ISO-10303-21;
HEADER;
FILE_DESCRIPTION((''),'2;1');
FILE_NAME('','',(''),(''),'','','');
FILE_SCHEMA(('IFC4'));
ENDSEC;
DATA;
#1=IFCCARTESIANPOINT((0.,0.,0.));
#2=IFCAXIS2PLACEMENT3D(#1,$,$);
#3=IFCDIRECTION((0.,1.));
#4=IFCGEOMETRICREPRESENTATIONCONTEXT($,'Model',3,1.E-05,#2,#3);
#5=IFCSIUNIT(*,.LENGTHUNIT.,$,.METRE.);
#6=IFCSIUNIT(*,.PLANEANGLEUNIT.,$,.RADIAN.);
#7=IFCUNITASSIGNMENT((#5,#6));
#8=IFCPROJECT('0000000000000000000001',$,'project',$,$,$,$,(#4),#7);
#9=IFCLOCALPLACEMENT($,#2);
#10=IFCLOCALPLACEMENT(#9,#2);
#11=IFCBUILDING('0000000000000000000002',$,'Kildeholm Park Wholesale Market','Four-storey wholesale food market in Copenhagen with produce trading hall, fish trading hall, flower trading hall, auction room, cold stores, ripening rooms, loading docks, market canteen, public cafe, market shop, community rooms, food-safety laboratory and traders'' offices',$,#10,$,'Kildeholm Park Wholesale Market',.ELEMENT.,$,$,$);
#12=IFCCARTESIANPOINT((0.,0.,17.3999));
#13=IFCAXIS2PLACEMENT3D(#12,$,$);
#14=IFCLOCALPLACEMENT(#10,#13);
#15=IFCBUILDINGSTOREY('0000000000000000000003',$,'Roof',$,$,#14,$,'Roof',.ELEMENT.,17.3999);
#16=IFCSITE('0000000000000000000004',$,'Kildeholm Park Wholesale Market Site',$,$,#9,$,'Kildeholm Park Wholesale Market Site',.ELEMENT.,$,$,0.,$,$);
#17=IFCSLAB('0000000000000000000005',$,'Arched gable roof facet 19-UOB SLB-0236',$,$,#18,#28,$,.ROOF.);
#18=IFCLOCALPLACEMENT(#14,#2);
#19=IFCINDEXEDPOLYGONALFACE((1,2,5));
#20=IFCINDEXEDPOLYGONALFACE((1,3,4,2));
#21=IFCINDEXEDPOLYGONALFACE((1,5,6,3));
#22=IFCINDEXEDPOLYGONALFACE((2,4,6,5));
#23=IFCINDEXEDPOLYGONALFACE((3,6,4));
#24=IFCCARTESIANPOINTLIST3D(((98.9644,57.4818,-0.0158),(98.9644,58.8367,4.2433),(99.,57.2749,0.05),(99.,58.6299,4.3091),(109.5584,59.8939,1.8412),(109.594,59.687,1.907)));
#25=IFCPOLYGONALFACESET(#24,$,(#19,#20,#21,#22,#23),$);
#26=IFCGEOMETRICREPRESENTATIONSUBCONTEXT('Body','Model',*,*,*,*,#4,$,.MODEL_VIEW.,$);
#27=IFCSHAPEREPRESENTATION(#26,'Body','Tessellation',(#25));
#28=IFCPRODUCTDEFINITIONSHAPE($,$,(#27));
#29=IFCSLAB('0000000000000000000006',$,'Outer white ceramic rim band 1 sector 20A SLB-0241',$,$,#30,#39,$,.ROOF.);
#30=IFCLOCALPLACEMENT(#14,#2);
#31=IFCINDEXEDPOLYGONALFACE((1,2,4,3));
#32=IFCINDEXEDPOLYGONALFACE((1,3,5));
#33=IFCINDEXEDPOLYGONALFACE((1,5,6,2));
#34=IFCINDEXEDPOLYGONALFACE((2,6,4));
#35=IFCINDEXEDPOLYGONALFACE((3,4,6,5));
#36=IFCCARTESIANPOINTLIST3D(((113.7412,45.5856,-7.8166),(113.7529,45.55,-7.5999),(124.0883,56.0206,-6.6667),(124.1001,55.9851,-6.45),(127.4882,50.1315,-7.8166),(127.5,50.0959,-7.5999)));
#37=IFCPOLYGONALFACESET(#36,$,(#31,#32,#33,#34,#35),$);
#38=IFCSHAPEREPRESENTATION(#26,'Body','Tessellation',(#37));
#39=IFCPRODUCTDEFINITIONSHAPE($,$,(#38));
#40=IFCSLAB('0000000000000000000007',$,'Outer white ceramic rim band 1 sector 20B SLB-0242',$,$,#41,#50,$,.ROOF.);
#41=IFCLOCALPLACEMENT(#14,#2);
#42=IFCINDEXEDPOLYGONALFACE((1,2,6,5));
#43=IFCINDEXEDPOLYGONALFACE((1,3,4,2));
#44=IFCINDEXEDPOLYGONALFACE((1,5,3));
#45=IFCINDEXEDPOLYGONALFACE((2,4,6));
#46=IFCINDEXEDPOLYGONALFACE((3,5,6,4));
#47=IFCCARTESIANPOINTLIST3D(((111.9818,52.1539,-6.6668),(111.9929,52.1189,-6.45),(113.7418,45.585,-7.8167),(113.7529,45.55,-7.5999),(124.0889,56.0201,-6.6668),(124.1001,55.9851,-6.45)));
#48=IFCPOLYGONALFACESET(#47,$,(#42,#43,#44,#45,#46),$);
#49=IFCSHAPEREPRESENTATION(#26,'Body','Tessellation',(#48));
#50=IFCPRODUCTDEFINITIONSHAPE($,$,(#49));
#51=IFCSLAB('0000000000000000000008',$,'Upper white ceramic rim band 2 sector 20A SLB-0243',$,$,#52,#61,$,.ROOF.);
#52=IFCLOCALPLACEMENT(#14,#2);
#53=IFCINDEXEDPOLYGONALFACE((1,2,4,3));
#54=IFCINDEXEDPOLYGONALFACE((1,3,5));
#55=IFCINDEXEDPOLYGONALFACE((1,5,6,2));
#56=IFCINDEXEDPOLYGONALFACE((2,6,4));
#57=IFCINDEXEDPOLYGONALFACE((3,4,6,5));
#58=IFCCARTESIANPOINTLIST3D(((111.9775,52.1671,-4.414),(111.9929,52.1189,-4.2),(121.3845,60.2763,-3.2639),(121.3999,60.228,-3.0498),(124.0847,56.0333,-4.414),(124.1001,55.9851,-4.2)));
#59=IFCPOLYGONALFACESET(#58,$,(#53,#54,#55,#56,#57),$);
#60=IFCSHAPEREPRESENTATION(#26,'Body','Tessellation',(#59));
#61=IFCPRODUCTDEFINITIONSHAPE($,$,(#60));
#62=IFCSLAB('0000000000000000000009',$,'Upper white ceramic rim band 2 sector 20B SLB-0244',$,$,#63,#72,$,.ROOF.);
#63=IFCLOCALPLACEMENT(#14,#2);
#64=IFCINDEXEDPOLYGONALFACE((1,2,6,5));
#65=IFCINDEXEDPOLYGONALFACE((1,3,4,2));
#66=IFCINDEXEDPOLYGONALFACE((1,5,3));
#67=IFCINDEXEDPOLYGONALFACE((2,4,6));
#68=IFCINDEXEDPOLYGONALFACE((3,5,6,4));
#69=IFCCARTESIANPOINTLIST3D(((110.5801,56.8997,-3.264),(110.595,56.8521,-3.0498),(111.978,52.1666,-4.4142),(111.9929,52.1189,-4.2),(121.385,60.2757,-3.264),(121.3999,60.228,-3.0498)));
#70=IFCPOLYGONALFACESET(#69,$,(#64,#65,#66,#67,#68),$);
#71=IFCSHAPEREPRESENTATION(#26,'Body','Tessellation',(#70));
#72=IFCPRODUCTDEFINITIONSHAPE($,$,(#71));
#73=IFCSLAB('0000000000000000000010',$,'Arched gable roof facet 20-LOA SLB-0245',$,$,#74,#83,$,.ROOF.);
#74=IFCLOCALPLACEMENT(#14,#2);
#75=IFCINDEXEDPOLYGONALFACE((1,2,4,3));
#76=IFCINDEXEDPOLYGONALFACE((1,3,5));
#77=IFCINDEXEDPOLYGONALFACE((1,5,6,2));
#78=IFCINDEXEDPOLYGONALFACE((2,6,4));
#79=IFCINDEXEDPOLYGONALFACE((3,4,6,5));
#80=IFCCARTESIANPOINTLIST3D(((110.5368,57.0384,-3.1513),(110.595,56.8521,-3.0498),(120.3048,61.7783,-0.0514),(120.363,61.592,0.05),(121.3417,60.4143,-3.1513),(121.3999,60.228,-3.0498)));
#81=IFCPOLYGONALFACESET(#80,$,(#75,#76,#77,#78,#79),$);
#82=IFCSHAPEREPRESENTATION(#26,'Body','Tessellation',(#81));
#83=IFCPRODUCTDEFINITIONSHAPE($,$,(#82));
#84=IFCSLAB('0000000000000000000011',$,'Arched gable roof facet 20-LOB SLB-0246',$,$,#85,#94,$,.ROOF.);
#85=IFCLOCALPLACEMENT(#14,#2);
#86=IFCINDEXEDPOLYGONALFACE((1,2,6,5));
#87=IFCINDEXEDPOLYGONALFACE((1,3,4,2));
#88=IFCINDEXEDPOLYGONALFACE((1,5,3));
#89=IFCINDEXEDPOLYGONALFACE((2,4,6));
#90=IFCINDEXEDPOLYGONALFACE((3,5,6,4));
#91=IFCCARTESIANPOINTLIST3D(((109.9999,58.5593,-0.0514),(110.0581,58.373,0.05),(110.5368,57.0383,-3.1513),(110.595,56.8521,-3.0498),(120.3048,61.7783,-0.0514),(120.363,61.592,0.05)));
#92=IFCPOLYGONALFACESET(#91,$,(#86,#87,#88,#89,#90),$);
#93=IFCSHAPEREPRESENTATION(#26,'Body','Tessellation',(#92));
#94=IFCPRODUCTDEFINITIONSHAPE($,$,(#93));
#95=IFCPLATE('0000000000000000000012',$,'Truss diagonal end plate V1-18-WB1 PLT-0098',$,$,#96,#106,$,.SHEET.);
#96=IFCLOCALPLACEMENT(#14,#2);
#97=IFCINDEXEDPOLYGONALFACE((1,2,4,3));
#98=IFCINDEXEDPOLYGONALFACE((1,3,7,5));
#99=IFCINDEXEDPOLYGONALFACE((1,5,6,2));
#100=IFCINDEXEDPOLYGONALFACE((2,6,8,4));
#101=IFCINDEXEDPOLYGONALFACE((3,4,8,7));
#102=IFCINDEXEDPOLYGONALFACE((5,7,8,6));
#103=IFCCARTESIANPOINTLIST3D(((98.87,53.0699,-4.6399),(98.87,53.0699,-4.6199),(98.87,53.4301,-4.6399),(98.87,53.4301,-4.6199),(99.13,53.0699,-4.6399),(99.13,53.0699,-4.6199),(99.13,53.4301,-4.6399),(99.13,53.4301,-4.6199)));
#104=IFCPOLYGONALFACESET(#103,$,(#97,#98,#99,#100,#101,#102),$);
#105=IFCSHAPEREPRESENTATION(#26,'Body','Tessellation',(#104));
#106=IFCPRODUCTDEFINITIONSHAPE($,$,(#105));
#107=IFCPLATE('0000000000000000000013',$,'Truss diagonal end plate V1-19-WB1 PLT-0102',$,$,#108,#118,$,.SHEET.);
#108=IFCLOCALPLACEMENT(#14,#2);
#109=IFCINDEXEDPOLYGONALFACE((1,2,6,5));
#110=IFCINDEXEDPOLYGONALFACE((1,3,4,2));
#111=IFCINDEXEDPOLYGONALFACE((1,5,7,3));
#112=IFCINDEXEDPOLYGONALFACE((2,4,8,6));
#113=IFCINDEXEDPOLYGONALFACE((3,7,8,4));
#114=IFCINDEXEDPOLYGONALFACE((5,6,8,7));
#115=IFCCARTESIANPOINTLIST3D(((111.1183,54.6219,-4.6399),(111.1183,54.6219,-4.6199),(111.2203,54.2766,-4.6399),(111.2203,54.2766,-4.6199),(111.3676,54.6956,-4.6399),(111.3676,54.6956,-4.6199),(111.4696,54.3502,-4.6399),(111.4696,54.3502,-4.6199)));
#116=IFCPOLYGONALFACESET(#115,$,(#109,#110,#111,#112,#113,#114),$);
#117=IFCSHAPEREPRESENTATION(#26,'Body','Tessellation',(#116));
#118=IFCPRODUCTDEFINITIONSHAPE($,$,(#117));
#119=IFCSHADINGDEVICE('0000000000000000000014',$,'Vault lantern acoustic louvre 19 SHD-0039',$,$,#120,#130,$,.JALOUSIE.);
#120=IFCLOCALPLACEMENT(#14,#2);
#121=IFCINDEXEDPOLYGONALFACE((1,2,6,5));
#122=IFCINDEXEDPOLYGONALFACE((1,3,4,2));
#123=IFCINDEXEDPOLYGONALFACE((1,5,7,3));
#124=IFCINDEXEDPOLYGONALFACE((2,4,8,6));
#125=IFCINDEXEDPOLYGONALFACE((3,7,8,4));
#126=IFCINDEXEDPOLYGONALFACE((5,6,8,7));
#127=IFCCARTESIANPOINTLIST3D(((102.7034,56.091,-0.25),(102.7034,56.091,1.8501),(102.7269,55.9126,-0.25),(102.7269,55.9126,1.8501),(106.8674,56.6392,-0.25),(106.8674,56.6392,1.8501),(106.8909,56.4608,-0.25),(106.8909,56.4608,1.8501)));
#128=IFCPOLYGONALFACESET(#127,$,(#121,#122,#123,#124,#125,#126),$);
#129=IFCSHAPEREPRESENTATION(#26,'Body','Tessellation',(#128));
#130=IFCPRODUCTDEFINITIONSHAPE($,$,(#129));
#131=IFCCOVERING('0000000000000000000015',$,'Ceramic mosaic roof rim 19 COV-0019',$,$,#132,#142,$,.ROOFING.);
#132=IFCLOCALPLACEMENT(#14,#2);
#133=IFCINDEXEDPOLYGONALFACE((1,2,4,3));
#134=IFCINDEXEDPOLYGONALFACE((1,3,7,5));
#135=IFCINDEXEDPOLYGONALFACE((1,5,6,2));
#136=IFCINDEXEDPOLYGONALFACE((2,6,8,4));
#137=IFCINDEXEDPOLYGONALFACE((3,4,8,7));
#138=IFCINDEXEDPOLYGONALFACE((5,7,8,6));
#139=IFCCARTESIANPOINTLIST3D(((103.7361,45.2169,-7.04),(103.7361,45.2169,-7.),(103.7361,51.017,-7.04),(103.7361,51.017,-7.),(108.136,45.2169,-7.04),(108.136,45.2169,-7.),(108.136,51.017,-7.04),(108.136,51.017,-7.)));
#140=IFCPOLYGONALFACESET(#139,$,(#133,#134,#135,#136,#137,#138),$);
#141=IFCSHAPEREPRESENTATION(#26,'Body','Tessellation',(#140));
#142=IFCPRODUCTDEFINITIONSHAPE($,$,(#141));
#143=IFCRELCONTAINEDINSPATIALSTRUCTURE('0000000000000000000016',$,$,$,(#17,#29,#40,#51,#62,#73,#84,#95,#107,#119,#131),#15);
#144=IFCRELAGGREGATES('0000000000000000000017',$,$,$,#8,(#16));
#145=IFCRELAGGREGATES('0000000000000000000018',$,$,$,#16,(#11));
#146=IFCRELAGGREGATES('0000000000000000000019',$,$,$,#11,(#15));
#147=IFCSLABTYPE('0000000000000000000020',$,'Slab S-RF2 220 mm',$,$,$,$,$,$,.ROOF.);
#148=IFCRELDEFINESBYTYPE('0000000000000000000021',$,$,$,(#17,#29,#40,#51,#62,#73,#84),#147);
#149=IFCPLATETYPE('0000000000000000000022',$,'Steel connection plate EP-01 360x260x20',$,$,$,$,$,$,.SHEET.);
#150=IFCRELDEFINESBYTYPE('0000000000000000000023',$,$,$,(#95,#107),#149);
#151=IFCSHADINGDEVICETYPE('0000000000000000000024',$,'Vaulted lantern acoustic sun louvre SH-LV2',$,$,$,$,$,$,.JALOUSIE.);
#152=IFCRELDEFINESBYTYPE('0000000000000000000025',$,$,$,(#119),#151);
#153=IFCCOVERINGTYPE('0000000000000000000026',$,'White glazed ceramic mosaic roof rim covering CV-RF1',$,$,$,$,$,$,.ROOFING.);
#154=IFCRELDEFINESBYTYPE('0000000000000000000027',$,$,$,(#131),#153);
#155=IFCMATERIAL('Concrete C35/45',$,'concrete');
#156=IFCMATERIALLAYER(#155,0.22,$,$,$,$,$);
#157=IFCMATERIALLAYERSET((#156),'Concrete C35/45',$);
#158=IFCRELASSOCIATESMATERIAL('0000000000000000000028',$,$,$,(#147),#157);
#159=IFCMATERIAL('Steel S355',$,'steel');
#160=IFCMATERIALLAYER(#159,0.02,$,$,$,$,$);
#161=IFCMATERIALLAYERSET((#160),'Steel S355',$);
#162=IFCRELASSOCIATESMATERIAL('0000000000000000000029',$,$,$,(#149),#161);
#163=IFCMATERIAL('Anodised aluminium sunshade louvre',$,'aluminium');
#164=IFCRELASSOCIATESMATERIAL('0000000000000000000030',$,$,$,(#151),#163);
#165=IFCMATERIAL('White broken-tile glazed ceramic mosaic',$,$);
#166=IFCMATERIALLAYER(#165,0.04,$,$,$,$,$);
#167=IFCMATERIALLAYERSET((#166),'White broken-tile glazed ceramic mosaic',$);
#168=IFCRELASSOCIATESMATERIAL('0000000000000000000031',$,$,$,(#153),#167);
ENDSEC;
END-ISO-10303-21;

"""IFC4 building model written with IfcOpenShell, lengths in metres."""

from ifc_helpers import new_model, si_unit, direction, frame, origin, origin_2d, place, context, subcontext, project, spatial, polyline, rectangle, outline, extrude, material, layer, layer_set, type_object, element, save


model = new_model("IFC4")

# Units and contexts
model_context = context("Model", 3, precision=1e-05, world=origin(), true_north=direction((0.0, 1.0)))
body_context = subcontext(model_context, "Body", "Model", "MODEL_VIEW")
ifc_project = project(units=[si_unit("LENGTHUNIT", "METRE"), si_unit("PLANEANGLEUNIT", "RADIAN")], contexts=[model_context])

# Site, building, storey
site_placement = place(None, origin())
site = spatial("IfcSite", under=ifc_project, at=site_placement, Name="Kildeholm Park Wholesale Market Site", LongName="Kildeholm Park Wholesale Market Site", CompositionType="ELEMENT", RefElevation=0.0)
building_placement = place(site_placement, origin())
building = spatial("IfcBuilding", under=site, at=building_placement, Name="Kildeholm Park Wholesale Market", Description="Four-storey wholesale food market in Copenhagen with produce trading hall, fish trading hall, flower trading hall, auction room, cold stores, ripening rooms, loading docks, market canteen, public cafe, market shop, community rooms, food-safety laboratory and traders' offices", LongName="Kildeholm Park Wholesale Market", CompositionType="ELEMENT")
storey_placement = place(building_placement, frame((0.0, 0.0, 17.3999)))
storey = spatial("IfcBuildingStorey", under=building, at=storey_placement, Name="Roof", LongName="Roof", CompositionType="ELEMENT", Elevation=17.3999)

# Shared definitions
ifc_material_1 = material(Name="Steel S355", Category="steel")

# Slabs
ifc_material_2 = material(Name="Concrete C35/45", Category="concrete")
ifc_layer_1 = layer(ifc_material_2, 0.22)
ifc_layer_set_1 = layer_set([ifc_layer_1], Name="Concrete C35/45")
slab_type = type_object("IfcSlabType", Name="Slab S-RF2 220 mm", PredefinedType="ROOF", material=ifc_layer_set_1)
slab_1_placement = place(storey_placement, frame((99.0, 57.2749, 0.05), z_axis=(0.161675, -0.9404, 0.299181), x_axis=(0.96111, 0.218832, 0.168465)))
element("IfcSlab", 1, at=slab_1_placement, inside=storey, type_object=slab_type, Name="Arched gable roof facet 19-UOB SLB-0236", PredefinedType="ROOF", context=body_context, shape_type="SweptSolid", body=[
    extrude(outline(polyline([(0.0, 0.0), (11.0227, 0.0), (1.014, 4.3528), (0.0, 0.0)])), origin(), (0.0, 0.0, -1.0), 0.22),
])
slab_2_placement = place(storey_placement, frame((113.7529, 45.55, -7.5999), z_axis=(0.053427, -0.161566, 0.985415), x_axis=(0.949436, 0.313961, 0.0)))
element("IfcSlab", 2, at=slab_2_placement, inside=storey, type_object=slab_type, Name="Outer white ceramic rim band 1 sector 20A SLB-0241", PredefinedType="ROOF", context=body_context, shape_type="SweptSolid", body=[
    extrude(outline(polyline([(0.0, 0.0), (14.4792, 0.0), (13.1002, 6.7574), (0.0, 0.0)])), origin(), (0.0, 0.0, -1.0), 0.22),
])
slab_3_placement = place(storey_placement, frame((113.7529, 45.55, -7.5999), z_axis=(0.050772, -0.158995, 0.985973), x_axis=(0.701964, 0.707927, 0.078011)))
element("IfcSlab", 3, at=slab_3_placement, inside=storey, type_object=slab_type, Name="Outer white ceramic rim band 1 sector 20B SLB-0242", PredefinedType="ROOF", context=body_context, shape_type="SweptSolid", body=[
    extrude(outline(polyline([(0.0, 0.0), (14.7403, 0.0), (3.5045, 5.9404), (0.0, 0.0)])), origin(), (0.0, 0.0, -1.0), 0.22),
])
slab_4_placement = place(storey_placement, frame((111.9929, 52.1189, -4.2), z_axis=(0.070011, -0.219242, 0.973155), x_axis=(0.952609, 0.304199, 0.0)))
element("IfcSlab", 4, at=slab_4_placement, inside=storey, type_object=slab_type, Name="Upper white ceramic rim band 2 sector 20A SLB-0243", PredefinedType="ROOF", context=body_context, shape_type="SweptSolid", body=[
    extrude(outline(polyline([(0.0, 0.0), (12.7095, 0.0), (11.428, 4.9974), (0.0, 0.0)])), origin(), (0.0, 0.0, -1.0), 0.22),
])
slab_5_placement = place(storey_placement, frame((111.9929, 52.1189, -4.2), z_axis=(0.067695, -0.216661, 0.973897), x_axis=(0.754196, 0.650142, 0.092212)))
element("IfcSlab", 5, at=slab_5_placement, inside=storey, type_object=slab_type, Name="Upper white ceramic rim band 2 sector 20B SLB-0244", PredefinedType="ROOF", context=body_context, shape_type="SweptSolid", body=[
    extrude(outline(polyline([(0.0, 0.0), (12.4729, 0.0), (2.129, 4.5986), (0.0, 0.0)])), origin(), (0.0, 0.0, -1.0), 0.22),
])
slab_6_placement = place(storey_placement, frame((110.595, 56.8521, -3.0498), z_axis=(0.264621, -0.846928, 0.461182), x_axis=(0.954494, 0.29823, 0.0)))
element("IfcSlab", 6, at=slab_6_placement, inside=storey, type_object=slab_type, Name="Arched gable roof facet 20-LOA SLB-0245", PredefinedType="ROOF", context=body_context, shape_type="SweptSolid", body=[
    extrude(outline(polyline([(0.0, 0.0), (11.3201, 0.0), (10.7372, 3.4936), (0.0, 0.0)])), origin(), (0.0, 0.0, -1.0), 0.22),
])
slab_7_placement = place(storey_placement, frame((110.595, 56.8521, -3.0498), z_axis=(0.264539, -0.846865, 0.461344), x_axis=(0.865103, 0.419794, 0.274537)))
element("IfcSlab", 7, at=slab_7_placement, inside=storey, type_object=slab_type, Name="Arched gable roof facet 20-LOB SLB-0246", PredefinedType="ROOF", context=body_context, shape_type="SweptSolid", body=[
    extrude(outline(polyline([(0.0, 0.0), (11.2912, 0.0), (1.0251, 3.3407), (0.0, 0.0)])), origin(), (0.0, 0.0, -1.0), 0.22),
])

# Plates
ifc_layer_2 = layer(ifc_material_1, 0.02)
ifc_layer_set_2 = layer_set([ifc_layer_2], Name="Steel S355")
plate_type = type_object("IfcPlateType", Name="Steel connection plate EP-01 360x260x20", PredefinedType="SHEET", material=ifc_layer_set_2)
for number, where, z_axis, x_axis, name in (
    (8, (99.0, 53.25, -4.6399), (0.0, 0.0, 1.0), (0.0, 1.0, 0.0), "Truss diagonal end plate V1-18-WB1 PLT-0098"),
    (9, (111.2939, 54.4861, -4.6399), (0.0, 0.0, 1.0), (-0.283346, 0.959018, 0.0), "Truss diagonal end plate V1-19-WB1 PLT-0102"),
):
    element("IfcPlate", number, at=place(storey_placement, frame(where, z_axis=z_axis, x_axis=x_axis)), inside=storey, type_object=plate_type, Name=name, PredefinedType="SHEET", context=body_context, shape_type="SweptSolid", body=[
        extrude(rectangle(XDim=0.3601, YDim=0.26, at=origin_2d()), origin(), (0.0, 0.0, 1.0), 0.02),
    ])

# Shading device
ifc_material_3 = material(Name="Anodised aluminium sunshade louvre", Category="aluminium")
shading_device_type = type_object("IfcShadingDeviceType", Name="Vaulted lantern acoustic sun louvre SH-LV2", PredefinedType="JALOUSIE", material=ifc_material_3)
shading_device_placement = place(storey_placement, frame((104.7971, 56.2759, -0.25), z_axis=(0.0, 0.0, 1.0), x_axis=(0.991445, 0.130526, 0.0)))
element("IfcShadingDevice", 10, at=shading_device_placement, inside=storey, type_object=shading_device_type, Name="Vault lantern acoustic louvre 19 SHD-0039", PredefinedType="JALOUSIE", context=body_context, shape_type="SweptSolid", body=[
    extrude(rectangle(XDim=4.2, YDim=0.1799, at=origin_2d()), origin(), (0.0, 0.0, 1.0), 2.1001),
])

# Covering
ifc_material_4 = material(Name="White broken-tile glazed ceramic mosaic")
ifc_layer_3 = layer(ifc_material_4, 0.04)
ifc_layer_set_3 = layer_set([ifc_layer_3], Name="White broken-tile glazed ceramic mosaic")
covering_type = type_object("IfcCoveringType", Name="White glazed ceramic mosaic roof rim covering CV-RF1", PredefinedType="ROOFING", material=ifc_layer_set_3)
covering_placement = place(storey_placement, frame((105.936, 48.1169, -7.04), z_axis=(0.0, 0.0, 1.0), x_axis=(0.0, -1.0, 0.0)))
element("IfcCovering", 11, at=covering_placement, inside=storey, type_object=covering_type, Name="Ceramic mosaic roof rim 19 COV-0019", PredefinedType="ROOFING", context=body_context, shape_type="SweptSolid", body=[
    extrude(rectangle(XDim=5.8, YDim=4.3999, at=origin_2d()), origin(), (0.0, 0.0, 1.0), 0.04),
])

save(model, "model.ifc")
